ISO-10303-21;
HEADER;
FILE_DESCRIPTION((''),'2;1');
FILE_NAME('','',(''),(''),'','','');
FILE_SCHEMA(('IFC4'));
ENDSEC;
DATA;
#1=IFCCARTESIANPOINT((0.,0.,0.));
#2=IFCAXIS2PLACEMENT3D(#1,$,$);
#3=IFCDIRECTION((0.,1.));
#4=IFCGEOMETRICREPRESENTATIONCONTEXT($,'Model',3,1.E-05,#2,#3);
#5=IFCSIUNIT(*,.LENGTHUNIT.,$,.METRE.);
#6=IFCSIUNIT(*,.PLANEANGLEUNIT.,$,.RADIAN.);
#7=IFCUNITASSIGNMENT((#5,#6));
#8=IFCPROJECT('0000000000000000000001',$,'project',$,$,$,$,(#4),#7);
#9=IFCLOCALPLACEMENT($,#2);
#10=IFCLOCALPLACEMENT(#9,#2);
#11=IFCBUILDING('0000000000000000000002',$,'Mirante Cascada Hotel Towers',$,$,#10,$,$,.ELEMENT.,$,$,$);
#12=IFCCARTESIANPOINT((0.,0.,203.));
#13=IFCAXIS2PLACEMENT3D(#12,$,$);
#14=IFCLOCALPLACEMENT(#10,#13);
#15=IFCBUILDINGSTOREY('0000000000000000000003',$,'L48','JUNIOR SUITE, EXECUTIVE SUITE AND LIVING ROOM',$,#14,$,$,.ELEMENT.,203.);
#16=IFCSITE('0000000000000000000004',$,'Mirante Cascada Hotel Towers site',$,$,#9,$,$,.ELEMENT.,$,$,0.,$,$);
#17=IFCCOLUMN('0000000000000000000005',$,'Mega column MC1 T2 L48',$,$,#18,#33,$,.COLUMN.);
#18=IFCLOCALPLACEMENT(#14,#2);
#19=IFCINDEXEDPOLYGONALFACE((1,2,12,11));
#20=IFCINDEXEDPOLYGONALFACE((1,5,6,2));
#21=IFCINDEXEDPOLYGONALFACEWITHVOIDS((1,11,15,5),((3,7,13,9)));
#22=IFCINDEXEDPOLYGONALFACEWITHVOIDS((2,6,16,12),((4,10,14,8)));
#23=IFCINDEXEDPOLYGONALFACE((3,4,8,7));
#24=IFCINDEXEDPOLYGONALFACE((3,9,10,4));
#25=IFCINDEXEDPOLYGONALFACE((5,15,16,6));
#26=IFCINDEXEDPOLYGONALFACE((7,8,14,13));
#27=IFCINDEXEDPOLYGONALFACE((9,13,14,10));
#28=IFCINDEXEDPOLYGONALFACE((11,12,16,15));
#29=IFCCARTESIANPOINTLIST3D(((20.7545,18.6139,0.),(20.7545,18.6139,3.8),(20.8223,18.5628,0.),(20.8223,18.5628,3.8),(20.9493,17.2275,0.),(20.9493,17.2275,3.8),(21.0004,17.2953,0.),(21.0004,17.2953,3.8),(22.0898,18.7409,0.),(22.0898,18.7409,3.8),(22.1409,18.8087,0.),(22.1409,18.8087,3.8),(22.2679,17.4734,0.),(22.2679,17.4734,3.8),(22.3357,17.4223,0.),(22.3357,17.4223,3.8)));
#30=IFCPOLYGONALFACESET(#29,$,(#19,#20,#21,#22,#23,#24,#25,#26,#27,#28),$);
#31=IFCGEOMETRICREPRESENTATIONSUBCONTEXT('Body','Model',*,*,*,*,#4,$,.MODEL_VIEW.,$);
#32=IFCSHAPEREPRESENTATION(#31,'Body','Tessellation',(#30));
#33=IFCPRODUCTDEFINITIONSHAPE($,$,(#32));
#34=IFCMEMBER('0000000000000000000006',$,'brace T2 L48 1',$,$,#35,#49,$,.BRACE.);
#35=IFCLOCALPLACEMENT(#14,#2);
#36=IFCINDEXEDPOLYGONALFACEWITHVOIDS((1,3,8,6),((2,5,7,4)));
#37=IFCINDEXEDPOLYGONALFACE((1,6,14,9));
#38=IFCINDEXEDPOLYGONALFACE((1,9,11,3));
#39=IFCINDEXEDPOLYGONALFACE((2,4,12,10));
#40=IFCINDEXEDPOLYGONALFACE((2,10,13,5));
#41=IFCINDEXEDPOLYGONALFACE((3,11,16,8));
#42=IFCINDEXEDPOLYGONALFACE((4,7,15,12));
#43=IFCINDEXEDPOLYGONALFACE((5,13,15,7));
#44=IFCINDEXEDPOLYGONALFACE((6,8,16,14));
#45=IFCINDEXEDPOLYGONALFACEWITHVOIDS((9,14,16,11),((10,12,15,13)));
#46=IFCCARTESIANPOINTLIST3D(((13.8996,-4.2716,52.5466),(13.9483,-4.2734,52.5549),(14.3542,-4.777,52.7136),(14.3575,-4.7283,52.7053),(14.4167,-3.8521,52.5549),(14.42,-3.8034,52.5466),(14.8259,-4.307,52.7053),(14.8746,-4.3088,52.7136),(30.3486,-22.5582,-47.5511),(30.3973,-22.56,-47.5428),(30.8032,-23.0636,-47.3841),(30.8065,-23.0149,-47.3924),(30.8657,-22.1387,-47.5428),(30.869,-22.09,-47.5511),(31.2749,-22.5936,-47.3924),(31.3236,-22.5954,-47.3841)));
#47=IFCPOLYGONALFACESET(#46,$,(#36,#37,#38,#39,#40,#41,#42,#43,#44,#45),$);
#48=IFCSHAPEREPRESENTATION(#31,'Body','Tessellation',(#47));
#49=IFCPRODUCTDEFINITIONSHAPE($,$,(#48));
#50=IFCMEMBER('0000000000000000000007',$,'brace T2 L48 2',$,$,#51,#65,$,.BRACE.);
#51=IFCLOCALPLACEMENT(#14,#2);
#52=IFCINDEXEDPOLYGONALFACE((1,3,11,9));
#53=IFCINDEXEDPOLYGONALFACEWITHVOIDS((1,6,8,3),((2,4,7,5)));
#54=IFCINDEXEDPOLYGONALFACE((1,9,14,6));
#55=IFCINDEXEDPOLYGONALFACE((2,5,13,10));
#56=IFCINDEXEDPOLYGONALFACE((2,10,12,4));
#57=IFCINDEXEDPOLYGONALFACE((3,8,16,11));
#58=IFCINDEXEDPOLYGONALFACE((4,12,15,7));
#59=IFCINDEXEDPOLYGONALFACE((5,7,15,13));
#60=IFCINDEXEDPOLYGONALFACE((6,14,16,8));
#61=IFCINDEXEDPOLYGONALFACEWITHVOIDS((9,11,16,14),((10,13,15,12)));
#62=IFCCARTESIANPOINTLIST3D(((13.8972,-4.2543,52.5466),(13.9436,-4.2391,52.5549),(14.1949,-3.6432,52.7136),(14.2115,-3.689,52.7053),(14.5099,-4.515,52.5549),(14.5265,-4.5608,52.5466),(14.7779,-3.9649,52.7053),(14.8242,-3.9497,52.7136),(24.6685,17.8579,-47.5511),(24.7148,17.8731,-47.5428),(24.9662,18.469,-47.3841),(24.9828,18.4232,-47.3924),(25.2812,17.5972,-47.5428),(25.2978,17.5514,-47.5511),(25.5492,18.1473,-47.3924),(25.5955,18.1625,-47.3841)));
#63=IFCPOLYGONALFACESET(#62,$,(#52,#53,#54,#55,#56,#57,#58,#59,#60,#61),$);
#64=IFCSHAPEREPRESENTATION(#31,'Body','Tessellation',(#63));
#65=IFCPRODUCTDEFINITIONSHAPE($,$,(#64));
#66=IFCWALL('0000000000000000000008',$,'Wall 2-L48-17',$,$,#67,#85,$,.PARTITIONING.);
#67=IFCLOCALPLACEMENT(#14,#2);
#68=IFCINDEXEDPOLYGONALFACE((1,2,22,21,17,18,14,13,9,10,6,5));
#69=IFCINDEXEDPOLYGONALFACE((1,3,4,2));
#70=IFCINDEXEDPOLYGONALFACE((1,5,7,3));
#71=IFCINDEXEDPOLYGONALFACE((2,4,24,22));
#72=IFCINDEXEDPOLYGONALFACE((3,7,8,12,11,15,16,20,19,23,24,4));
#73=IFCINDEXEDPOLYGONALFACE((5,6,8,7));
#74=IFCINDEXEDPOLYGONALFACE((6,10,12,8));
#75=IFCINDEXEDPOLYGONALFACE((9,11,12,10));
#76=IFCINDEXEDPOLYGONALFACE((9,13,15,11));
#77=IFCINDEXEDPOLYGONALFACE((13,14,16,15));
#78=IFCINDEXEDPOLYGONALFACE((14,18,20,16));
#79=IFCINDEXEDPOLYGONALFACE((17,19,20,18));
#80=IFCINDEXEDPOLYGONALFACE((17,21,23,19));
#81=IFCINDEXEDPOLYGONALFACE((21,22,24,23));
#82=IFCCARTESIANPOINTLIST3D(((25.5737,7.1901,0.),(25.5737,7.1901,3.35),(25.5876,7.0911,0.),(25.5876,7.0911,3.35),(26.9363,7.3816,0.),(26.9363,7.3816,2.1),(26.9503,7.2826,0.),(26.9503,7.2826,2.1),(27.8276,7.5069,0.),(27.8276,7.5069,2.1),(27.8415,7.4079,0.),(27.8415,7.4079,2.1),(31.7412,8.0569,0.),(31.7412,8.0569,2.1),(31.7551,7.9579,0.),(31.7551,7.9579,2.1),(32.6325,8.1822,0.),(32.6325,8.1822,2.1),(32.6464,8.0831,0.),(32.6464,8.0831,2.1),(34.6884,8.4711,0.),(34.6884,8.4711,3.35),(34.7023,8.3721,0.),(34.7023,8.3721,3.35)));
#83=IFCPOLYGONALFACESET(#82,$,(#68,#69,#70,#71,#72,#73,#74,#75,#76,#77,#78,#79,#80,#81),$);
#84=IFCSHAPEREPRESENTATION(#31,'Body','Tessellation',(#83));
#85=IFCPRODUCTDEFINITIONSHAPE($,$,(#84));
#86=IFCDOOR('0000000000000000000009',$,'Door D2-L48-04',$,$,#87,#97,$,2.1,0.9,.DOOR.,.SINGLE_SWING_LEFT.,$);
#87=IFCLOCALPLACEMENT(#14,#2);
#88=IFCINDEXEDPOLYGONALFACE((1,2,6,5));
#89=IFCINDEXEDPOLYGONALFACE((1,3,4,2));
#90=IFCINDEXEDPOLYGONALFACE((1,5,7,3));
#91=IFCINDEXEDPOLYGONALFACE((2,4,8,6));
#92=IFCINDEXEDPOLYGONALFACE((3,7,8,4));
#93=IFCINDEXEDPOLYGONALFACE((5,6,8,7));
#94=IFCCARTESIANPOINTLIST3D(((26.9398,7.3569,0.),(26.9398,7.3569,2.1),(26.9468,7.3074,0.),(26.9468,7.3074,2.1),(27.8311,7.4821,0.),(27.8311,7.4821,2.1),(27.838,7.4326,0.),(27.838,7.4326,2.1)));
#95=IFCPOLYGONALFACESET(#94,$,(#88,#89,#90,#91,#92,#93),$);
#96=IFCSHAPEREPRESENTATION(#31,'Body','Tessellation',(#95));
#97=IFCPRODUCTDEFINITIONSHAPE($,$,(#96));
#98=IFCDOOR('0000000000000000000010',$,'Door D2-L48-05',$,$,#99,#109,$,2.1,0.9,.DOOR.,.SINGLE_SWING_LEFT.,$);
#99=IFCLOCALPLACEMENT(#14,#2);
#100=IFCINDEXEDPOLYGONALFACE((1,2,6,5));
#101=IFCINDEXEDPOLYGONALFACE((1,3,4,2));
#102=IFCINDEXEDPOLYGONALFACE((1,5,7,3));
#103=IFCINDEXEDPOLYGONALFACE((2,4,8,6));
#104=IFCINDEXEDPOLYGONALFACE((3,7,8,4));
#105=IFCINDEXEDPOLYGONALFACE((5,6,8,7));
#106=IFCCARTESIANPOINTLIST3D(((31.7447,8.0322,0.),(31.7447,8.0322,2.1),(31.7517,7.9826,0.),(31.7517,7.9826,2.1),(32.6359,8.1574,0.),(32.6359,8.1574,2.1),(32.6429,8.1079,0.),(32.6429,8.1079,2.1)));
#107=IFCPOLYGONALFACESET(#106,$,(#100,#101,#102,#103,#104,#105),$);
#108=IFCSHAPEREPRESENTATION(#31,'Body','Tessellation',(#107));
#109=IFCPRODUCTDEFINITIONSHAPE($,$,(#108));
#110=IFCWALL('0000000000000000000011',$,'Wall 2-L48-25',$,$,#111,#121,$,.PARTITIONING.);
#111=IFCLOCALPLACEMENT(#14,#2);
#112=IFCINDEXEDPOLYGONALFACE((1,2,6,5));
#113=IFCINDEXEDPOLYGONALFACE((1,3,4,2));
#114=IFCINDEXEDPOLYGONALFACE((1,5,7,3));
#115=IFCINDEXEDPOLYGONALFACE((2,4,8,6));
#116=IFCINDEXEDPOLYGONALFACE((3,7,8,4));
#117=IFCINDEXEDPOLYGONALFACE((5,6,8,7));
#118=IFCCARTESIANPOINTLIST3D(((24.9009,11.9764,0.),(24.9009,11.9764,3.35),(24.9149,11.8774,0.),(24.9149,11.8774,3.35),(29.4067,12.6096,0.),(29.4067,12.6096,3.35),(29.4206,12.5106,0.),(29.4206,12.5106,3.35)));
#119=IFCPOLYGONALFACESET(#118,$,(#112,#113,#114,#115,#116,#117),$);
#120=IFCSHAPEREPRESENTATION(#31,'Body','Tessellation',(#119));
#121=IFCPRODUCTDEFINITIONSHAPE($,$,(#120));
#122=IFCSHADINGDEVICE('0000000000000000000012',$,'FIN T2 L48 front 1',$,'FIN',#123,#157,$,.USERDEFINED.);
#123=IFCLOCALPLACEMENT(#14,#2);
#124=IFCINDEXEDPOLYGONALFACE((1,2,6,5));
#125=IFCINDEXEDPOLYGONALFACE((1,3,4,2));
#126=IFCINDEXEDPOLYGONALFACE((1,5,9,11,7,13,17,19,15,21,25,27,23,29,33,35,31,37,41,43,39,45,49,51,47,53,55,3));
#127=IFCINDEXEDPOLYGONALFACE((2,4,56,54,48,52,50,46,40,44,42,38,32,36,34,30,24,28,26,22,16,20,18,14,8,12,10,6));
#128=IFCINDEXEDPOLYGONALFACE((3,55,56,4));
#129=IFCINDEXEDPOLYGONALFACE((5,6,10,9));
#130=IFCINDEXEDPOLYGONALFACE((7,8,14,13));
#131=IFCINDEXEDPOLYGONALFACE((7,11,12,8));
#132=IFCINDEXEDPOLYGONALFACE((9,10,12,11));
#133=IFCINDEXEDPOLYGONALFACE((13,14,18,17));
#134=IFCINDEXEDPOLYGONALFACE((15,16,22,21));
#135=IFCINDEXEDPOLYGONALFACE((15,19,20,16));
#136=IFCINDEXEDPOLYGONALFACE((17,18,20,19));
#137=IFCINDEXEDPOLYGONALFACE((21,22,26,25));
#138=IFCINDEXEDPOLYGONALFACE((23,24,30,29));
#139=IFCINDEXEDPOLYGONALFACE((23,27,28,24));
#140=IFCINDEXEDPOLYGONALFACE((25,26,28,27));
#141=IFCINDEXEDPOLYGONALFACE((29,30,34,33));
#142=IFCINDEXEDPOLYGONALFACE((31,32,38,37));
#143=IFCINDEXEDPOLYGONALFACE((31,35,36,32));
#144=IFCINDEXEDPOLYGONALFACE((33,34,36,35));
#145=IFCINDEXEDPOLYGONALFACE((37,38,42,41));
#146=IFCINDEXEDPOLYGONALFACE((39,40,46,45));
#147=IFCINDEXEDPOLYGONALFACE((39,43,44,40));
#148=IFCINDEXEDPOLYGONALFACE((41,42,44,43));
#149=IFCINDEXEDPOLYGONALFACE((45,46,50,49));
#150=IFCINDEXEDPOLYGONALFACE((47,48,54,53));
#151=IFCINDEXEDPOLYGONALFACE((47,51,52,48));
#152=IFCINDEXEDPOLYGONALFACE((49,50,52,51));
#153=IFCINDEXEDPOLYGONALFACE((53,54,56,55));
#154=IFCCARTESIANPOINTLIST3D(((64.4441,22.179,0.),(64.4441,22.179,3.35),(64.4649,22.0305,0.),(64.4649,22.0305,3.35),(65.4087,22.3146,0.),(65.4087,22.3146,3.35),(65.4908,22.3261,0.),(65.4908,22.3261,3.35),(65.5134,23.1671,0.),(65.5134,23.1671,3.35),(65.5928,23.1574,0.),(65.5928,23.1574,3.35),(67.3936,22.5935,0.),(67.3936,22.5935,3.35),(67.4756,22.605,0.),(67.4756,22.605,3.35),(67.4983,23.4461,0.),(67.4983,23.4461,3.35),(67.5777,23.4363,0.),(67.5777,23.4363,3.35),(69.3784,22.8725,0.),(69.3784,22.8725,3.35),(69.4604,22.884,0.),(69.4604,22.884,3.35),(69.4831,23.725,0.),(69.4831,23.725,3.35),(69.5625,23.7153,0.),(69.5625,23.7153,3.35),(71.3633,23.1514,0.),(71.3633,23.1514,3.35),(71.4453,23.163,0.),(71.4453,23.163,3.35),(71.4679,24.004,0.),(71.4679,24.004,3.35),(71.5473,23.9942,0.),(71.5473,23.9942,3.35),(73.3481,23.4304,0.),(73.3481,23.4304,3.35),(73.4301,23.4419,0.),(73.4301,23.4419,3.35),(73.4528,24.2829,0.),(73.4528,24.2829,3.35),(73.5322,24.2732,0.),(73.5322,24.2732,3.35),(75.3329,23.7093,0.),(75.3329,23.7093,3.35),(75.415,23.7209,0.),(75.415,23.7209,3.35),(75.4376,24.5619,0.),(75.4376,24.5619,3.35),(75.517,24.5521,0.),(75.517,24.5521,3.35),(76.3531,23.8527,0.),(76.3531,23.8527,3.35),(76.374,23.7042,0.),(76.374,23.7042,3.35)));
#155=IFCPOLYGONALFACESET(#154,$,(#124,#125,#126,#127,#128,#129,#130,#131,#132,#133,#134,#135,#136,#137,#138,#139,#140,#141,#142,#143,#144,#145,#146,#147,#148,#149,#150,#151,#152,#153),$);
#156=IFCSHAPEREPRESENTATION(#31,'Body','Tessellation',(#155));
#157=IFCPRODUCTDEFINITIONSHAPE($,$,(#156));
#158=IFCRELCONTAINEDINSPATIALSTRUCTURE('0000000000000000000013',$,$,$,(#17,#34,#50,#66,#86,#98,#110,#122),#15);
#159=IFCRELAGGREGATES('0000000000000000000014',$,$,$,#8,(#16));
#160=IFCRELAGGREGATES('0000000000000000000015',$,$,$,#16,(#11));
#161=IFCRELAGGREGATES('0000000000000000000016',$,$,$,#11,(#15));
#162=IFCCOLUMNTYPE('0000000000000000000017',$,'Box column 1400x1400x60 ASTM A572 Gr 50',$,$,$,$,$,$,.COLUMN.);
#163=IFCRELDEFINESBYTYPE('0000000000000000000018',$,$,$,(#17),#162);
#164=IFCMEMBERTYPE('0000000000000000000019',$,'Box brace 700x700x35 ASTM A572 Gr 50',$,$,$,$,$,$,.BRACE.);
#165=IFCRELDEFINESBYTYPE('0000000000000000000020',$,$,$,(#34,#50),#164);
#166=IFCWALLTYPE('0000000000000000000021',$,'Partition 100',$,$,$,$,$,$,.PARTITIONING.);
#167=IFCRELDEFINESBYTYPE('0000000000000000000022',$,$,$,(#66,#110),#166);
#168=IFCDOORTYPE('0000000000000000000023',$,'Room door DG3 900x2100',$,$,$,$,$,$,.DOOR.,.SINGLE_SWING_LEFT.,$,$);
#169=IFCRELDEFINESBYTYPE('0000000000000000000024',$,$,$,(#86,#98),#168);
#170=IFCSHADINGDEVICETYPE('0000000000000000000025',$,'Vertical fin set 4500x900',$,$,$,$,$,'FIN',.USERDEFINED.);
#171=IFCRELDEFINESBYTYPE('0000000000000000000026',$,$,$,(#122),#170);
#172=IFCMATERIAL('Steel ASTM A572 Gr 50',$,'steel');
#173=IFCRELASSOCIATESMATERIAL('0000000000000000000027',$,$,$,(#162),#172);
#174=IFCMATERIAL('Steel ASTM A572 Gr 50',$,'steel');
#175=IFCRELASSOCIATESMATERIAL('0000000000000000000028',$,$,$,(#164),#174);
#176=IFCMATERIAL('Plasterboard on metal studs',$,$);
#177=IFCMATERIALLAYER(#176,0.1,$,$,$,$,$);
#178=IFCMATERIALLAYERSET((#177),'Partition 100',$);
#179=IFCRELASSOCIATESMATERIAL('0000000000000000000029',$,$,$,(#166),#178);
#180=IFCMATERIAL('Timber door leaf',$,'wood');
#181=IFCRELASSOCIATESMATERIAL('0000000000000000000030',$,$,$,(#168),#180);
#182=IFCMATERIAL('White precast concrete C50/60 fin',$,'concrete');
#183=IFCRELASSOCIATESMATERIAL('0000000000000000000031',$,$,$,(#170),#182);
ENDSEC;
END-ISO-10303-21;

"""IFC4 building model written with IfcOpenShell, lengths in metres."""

from ifc_helpers import new_model, si_unit, direction, frame, frame_2d, origin, origin_2d, place, context, subcontext, project, spatial, polyline, rectangle, hollow_rectangle, outline, extrude, material, layer, layer_set, material_profile, profile_set, type_object, element, fill, save


model = new_model("IFC4")

# Units and contexts
model_context = context("Model", 3, precision=1e-05, world=origin(), true_north=direction((0.0, 1.0)))
body_context = subcontext(model_context, "Body", "Model", "MODEL_VIEW")
ifc_project = project(units=[si_unit("LENGTHUNIT", "METRE"), si_unit("PLANEANGLEUNIT", "RADIAN")], contexts=[model_context])

# Site, building, storey
site_placement = place(None, origin())
site = spatial("IfcSite", under=ifc_project, at=site_placement, Name="Mirante Cascada Hotel Towers site", CompositionType="ELEMENT", RefElevation=0.0)
building_placement = place(site_placement, origin())
building = spatial("IfcBuilding", under=site, at=building_placement, Name="Mirante Cascada Hotel Towers", CompositionType="ELEMENT")
storey_placement = place(building_placement, frame((0.0, 0.0, 203.0)))
storey = spatial("IfcBuildingStorey", under=building, at=storey_placement, Name="L48", Description="JUNIOR SUITE, EXECUTIVE SUITE AND LIVING ROOM", CompositionType="ELEMENT", Elevation=203.0)

# Column
ifc_material_1 = material(Name="Steel ASTM A572 Gr 50", Category="steel")
ifc_material_profile_1 = material_profile(ifc_material_1, hollow_rectangle(XDim=1.4, YDim=1.4, WallThickness=0.06, at=origin_2d()), Name="Box column 1400x1400x60 ASTM A572 Gr 50")
ifc_profile_set_1 = profile_set([ifc_material_profile_1], Name="Steel ASTM A572 Gr 50")
column_type = type_object("IfcColumnType", Name="Box column 1400x1400x60 ASTM A572 Gr 50", PredefinedType="COLUMN", material=ifc_profile_set_1)
column_placement = place(storey_placement, frame((21.5451, 18.0181, 0.0), z_axis=(0.0, 0.0, 1.0), x_axis=(0.990268, 0.139173, 0.0)))
element("IfcColumn", 1, at=column_placement, inside=storey, type_object=column_type, Name="Mega column MC1 T2 L48", PredefinedType="COLUMN", context=body_context, shape_type="SweptSolid", body=[
    extrude(hollow_rectangle(XDim=1.4, YDim=1.4, WallThickness=0.06, at=origin_2d()), origin(), (0.0, 0.0, 1.0), 3.8),
])

# Members
ifc_material_2 = material(Name="Steel ASTM A572 Gr 50", Category="steel")
ifc_material_profile_2 = material_profile(ifc_material_2, hollow_rectangle(XDim=0.7, YDim=0.7, WallThickness=0.035, at=origin_2d()), Name="Box brace 700x700x35 ASTM A572 Gr 50")
ifc_profile_set_2 = profile_set([ifc_material_profile_2], Name="Steel ASTM A572 Gr 50")
member_type = type_object("IfcMemberType", Name="Box brace 700x700x35 ASTM A572 Gr 50", PredefinedType="BRACE", material=ifc_profile_set_2)
for number, where, z_axis, x_axis, name in (
    (2, (30.8361, -22.5768, -47.4676), (-0.159582, 0.17741, 0.971112), (-0.743475, -0.668764, 0.0), "brace T2 L48 1"),
    (3, (25.132, 18.0102, -47.4676), (-0.104499, -0.214525, 0.971112), (0.899011, -0.437926, 0.0), "brace T2 L48 2"),
):
    element("IfcMember", number, at=place(storey_placement, frame(where, z_axis=z_axis, x_axis=x_axis)), inside=storey, type_object=member_type, Name=name, PredefinedType="BRACE", context=body_context, shape_type="SweptSolid", body=[
        extrude(hollow_rectangle(XDim=0.7, YDim=0.7, WallThickness=0.035, at=origin_2d()), origin(), (0.0, 0.0, 1.0), 103.0753),
    ])

# Wall, openings, doors
ifc_material_3 = material(Name="Plasterboard on metal studs")
ifc_layer = layer(ifc_material_3, 0.1)
ifc_layer_set = layer_set([ifc_layer], Name="Partition 100")
wall_type = type_object("IfcWallType", Name="Partition 100", PredefinedType="PARTITIONING", material=ifc_layer_set)
wall_1_placement = place(storey_placement, frame((25.5806, 7.1406, 0.0), z_axis=(0.0, 0.0, 1.0), x_axis=(0.990268, 0.139174, 0.0)))
wall_1 = element("IfcWall", 4, at=wall_1_placement, inside=storey, type_object=wall_type, Name="Wall 2-L48-17", PredefinedType="PARTITIONING", context=body_context, shape_type="SweptSolid", body=[
    extrude(rectangle(XDim=9.2043, YDim=0.1, at=frame_2d((4.6022, 0.0))), origin(), (0.0, 0.0, 1.0), 3.35),
])
opening_1_placement = place(wall_1_placement, frame((1.3761, 0.0, 0.0)))
opening_1 = element("IfcOpeningElement", 5, at=opening_1_placement, cuts=wall_1, PredefinedType="OPENING", context=body_context, shape_type="SweptSolid", body=[
    extrude(rectangle(XDim=0.9, YDim=2.1, at=frame_2d((0.45, 1.05))), frame((0.0, 0.05, 0.0), z_axis=(0.0, -1.0, 0.0), x_axis=(1.0, 0.0, 0.0)), (0.0, 0.0, 1.0), 0.1),
])
opening_2_placement = place(wall_1_placement, frame((6.2282, 0.0, 0.0)))
opening_2 = element("IfcOpeningElement", 6, at=opening_2_placement, cuts=wall_1, PredefinedType="OPENING", context=body_context, shape_type="SweptSolid", body=[
    extrude(rectangle(XDim=0.9, YDim=2.1, at=frame_2d((0.45, 1.05))), frame((0.0, 0.05, 0.0), z_axis=(0.0, -1.0, 0.0), x_axis=(1.0, 0.0, 0.0)), (0.0, 0.0, 1.0), 0.1),
])
ifc_material_4 = material(Name="Timber door leaf", Category="wood")
door_type = type_object("IfcDoorType", Name="Room door DG3 900x2100", OperationType="SINGLE_SWING_LEFT", PredefinedType="DOOR", material=ifc_material_4)
door_1_placement = place(opening_1_placement, origin())
door_1 = element("IfcDoor", 7, at=door_1_placement, inside=storey, type_object=door_type, Name="Door D2-L48-04", OperationType="SINGLE_SWING_LEFT", OverallHeight=2.1, OverallWidth=0.9, PredefinedType="DOOR", context=body_context, shape_type="SweptSolid", body=[
    extrude(rectangle(XDim=0.9, YDim=2.1, at=frame_2d((0.45, 1.05))), frame((0.0, 0.025, 0.0), z_axis=(0.0, -1.0, 0.0), x_axis=(1.0, 0.0, 0.0)), (0.0, 0.0, 1.0), 0.05),
])
fill(opening_1, door_1)
door_2_placement = place(opening_2_placement, origin())
door_2 = element("IfcDoor", 8, at=door_2_placement, inside=storey, type_object=door_type, Name="Door D2-L48-05", OperationType="SINGLE_SWING_LEFT", OverallHeight=2.1, OverallWidth=0.9, PredefinedType="DOOR", context=body_context, shape_type="SweptSolid", body=[
    extrude(rectangle(XDim=0.9, YDim=2.1, at=frame_2d((0.45, 1.05))), frame((0.0, 0.025, 0.0), z_axis=(0.0, -1.0, 0.0), x_axis=(1.0, 0.0, 0.0)), (0.0, 0.0, 1.0), 0.05),
])
fill(opening_2, door_2)

# Wall
wall_2_placement = place(storey_placement, frame((24.9079, 11.9269, 0.0), z_axis=(0.0, 0.0, 1.0), x_axis=(0.990269, 0.139166, 0.0)))
element("IfcWall", 9, at=wall_2_placement, inside=storey, type_object=wall_type, Name="Wall 2-L48-25", PredefinedType="PARTITIONING", context=body_context, shape_type="SweptSolid", body=[
    extrude(rectangle(XDim=4.55, YDim=0.1, at=frame_2d((2.275, 0.0))), origin(), (0.0, 0.0, 1.0), 3.35),
])

# Shading device
ifc_material_5 = material(Name="White precast concrete C50/60 fin", Category="concrete")
shading_device_type = type_object("IfcShadingDeviceType", Name="Vertical fin set 4500x900", ElementType="FIN", PredefinedType="USERDEFINED", material=ifc_material_5)
shading_device_1_placement = place(storey_placement, origin())
element("IfcShadingDevice", 10, at=shading_device_1_placement, inside=storey, type_object=shading_device_type, Name="FIN T2 L48 front 1", ObjectType="FIN", PredefinedType="USERDEFINED", context=body_context, shape_type="SweptSolid", body=[
    extrude(outline(polyline([(65.5928, 23.1574), (65.4908, 22.3261), (67.3936, 22.5935), (67.4983, 23.4461), (67.5777, 23.4363), (67.4756, 22.605), (69.3784, 22.8725), (69.4831, 23.725), (69.5625, 23.7153), (69.4604, 22.884), (71.3633, 23.1514), (71.4679, 24.004), (71.5473, 23.9942), (71.4453, 23.163), (73.3481, 23.4304), (73.4528, 24.2829), (73.5322, 24.2732), (73.4301, 23.4419), (75.3329, 23.7093), (75.4376, 24.5619), (75.517, 24.5521), (75.415, 23.7209), (76.3531, 23.8527), (76.374, 23.7042), (64.4649, 22.0305), (64.4441, 22.179), (65.4087, 22.3146), (65.5134, 23.1671), (65.5928, 23.1574)])), origin(), (0.0, 0.0, 1.0), 3.35),
])

save(model, "model.ifc")
